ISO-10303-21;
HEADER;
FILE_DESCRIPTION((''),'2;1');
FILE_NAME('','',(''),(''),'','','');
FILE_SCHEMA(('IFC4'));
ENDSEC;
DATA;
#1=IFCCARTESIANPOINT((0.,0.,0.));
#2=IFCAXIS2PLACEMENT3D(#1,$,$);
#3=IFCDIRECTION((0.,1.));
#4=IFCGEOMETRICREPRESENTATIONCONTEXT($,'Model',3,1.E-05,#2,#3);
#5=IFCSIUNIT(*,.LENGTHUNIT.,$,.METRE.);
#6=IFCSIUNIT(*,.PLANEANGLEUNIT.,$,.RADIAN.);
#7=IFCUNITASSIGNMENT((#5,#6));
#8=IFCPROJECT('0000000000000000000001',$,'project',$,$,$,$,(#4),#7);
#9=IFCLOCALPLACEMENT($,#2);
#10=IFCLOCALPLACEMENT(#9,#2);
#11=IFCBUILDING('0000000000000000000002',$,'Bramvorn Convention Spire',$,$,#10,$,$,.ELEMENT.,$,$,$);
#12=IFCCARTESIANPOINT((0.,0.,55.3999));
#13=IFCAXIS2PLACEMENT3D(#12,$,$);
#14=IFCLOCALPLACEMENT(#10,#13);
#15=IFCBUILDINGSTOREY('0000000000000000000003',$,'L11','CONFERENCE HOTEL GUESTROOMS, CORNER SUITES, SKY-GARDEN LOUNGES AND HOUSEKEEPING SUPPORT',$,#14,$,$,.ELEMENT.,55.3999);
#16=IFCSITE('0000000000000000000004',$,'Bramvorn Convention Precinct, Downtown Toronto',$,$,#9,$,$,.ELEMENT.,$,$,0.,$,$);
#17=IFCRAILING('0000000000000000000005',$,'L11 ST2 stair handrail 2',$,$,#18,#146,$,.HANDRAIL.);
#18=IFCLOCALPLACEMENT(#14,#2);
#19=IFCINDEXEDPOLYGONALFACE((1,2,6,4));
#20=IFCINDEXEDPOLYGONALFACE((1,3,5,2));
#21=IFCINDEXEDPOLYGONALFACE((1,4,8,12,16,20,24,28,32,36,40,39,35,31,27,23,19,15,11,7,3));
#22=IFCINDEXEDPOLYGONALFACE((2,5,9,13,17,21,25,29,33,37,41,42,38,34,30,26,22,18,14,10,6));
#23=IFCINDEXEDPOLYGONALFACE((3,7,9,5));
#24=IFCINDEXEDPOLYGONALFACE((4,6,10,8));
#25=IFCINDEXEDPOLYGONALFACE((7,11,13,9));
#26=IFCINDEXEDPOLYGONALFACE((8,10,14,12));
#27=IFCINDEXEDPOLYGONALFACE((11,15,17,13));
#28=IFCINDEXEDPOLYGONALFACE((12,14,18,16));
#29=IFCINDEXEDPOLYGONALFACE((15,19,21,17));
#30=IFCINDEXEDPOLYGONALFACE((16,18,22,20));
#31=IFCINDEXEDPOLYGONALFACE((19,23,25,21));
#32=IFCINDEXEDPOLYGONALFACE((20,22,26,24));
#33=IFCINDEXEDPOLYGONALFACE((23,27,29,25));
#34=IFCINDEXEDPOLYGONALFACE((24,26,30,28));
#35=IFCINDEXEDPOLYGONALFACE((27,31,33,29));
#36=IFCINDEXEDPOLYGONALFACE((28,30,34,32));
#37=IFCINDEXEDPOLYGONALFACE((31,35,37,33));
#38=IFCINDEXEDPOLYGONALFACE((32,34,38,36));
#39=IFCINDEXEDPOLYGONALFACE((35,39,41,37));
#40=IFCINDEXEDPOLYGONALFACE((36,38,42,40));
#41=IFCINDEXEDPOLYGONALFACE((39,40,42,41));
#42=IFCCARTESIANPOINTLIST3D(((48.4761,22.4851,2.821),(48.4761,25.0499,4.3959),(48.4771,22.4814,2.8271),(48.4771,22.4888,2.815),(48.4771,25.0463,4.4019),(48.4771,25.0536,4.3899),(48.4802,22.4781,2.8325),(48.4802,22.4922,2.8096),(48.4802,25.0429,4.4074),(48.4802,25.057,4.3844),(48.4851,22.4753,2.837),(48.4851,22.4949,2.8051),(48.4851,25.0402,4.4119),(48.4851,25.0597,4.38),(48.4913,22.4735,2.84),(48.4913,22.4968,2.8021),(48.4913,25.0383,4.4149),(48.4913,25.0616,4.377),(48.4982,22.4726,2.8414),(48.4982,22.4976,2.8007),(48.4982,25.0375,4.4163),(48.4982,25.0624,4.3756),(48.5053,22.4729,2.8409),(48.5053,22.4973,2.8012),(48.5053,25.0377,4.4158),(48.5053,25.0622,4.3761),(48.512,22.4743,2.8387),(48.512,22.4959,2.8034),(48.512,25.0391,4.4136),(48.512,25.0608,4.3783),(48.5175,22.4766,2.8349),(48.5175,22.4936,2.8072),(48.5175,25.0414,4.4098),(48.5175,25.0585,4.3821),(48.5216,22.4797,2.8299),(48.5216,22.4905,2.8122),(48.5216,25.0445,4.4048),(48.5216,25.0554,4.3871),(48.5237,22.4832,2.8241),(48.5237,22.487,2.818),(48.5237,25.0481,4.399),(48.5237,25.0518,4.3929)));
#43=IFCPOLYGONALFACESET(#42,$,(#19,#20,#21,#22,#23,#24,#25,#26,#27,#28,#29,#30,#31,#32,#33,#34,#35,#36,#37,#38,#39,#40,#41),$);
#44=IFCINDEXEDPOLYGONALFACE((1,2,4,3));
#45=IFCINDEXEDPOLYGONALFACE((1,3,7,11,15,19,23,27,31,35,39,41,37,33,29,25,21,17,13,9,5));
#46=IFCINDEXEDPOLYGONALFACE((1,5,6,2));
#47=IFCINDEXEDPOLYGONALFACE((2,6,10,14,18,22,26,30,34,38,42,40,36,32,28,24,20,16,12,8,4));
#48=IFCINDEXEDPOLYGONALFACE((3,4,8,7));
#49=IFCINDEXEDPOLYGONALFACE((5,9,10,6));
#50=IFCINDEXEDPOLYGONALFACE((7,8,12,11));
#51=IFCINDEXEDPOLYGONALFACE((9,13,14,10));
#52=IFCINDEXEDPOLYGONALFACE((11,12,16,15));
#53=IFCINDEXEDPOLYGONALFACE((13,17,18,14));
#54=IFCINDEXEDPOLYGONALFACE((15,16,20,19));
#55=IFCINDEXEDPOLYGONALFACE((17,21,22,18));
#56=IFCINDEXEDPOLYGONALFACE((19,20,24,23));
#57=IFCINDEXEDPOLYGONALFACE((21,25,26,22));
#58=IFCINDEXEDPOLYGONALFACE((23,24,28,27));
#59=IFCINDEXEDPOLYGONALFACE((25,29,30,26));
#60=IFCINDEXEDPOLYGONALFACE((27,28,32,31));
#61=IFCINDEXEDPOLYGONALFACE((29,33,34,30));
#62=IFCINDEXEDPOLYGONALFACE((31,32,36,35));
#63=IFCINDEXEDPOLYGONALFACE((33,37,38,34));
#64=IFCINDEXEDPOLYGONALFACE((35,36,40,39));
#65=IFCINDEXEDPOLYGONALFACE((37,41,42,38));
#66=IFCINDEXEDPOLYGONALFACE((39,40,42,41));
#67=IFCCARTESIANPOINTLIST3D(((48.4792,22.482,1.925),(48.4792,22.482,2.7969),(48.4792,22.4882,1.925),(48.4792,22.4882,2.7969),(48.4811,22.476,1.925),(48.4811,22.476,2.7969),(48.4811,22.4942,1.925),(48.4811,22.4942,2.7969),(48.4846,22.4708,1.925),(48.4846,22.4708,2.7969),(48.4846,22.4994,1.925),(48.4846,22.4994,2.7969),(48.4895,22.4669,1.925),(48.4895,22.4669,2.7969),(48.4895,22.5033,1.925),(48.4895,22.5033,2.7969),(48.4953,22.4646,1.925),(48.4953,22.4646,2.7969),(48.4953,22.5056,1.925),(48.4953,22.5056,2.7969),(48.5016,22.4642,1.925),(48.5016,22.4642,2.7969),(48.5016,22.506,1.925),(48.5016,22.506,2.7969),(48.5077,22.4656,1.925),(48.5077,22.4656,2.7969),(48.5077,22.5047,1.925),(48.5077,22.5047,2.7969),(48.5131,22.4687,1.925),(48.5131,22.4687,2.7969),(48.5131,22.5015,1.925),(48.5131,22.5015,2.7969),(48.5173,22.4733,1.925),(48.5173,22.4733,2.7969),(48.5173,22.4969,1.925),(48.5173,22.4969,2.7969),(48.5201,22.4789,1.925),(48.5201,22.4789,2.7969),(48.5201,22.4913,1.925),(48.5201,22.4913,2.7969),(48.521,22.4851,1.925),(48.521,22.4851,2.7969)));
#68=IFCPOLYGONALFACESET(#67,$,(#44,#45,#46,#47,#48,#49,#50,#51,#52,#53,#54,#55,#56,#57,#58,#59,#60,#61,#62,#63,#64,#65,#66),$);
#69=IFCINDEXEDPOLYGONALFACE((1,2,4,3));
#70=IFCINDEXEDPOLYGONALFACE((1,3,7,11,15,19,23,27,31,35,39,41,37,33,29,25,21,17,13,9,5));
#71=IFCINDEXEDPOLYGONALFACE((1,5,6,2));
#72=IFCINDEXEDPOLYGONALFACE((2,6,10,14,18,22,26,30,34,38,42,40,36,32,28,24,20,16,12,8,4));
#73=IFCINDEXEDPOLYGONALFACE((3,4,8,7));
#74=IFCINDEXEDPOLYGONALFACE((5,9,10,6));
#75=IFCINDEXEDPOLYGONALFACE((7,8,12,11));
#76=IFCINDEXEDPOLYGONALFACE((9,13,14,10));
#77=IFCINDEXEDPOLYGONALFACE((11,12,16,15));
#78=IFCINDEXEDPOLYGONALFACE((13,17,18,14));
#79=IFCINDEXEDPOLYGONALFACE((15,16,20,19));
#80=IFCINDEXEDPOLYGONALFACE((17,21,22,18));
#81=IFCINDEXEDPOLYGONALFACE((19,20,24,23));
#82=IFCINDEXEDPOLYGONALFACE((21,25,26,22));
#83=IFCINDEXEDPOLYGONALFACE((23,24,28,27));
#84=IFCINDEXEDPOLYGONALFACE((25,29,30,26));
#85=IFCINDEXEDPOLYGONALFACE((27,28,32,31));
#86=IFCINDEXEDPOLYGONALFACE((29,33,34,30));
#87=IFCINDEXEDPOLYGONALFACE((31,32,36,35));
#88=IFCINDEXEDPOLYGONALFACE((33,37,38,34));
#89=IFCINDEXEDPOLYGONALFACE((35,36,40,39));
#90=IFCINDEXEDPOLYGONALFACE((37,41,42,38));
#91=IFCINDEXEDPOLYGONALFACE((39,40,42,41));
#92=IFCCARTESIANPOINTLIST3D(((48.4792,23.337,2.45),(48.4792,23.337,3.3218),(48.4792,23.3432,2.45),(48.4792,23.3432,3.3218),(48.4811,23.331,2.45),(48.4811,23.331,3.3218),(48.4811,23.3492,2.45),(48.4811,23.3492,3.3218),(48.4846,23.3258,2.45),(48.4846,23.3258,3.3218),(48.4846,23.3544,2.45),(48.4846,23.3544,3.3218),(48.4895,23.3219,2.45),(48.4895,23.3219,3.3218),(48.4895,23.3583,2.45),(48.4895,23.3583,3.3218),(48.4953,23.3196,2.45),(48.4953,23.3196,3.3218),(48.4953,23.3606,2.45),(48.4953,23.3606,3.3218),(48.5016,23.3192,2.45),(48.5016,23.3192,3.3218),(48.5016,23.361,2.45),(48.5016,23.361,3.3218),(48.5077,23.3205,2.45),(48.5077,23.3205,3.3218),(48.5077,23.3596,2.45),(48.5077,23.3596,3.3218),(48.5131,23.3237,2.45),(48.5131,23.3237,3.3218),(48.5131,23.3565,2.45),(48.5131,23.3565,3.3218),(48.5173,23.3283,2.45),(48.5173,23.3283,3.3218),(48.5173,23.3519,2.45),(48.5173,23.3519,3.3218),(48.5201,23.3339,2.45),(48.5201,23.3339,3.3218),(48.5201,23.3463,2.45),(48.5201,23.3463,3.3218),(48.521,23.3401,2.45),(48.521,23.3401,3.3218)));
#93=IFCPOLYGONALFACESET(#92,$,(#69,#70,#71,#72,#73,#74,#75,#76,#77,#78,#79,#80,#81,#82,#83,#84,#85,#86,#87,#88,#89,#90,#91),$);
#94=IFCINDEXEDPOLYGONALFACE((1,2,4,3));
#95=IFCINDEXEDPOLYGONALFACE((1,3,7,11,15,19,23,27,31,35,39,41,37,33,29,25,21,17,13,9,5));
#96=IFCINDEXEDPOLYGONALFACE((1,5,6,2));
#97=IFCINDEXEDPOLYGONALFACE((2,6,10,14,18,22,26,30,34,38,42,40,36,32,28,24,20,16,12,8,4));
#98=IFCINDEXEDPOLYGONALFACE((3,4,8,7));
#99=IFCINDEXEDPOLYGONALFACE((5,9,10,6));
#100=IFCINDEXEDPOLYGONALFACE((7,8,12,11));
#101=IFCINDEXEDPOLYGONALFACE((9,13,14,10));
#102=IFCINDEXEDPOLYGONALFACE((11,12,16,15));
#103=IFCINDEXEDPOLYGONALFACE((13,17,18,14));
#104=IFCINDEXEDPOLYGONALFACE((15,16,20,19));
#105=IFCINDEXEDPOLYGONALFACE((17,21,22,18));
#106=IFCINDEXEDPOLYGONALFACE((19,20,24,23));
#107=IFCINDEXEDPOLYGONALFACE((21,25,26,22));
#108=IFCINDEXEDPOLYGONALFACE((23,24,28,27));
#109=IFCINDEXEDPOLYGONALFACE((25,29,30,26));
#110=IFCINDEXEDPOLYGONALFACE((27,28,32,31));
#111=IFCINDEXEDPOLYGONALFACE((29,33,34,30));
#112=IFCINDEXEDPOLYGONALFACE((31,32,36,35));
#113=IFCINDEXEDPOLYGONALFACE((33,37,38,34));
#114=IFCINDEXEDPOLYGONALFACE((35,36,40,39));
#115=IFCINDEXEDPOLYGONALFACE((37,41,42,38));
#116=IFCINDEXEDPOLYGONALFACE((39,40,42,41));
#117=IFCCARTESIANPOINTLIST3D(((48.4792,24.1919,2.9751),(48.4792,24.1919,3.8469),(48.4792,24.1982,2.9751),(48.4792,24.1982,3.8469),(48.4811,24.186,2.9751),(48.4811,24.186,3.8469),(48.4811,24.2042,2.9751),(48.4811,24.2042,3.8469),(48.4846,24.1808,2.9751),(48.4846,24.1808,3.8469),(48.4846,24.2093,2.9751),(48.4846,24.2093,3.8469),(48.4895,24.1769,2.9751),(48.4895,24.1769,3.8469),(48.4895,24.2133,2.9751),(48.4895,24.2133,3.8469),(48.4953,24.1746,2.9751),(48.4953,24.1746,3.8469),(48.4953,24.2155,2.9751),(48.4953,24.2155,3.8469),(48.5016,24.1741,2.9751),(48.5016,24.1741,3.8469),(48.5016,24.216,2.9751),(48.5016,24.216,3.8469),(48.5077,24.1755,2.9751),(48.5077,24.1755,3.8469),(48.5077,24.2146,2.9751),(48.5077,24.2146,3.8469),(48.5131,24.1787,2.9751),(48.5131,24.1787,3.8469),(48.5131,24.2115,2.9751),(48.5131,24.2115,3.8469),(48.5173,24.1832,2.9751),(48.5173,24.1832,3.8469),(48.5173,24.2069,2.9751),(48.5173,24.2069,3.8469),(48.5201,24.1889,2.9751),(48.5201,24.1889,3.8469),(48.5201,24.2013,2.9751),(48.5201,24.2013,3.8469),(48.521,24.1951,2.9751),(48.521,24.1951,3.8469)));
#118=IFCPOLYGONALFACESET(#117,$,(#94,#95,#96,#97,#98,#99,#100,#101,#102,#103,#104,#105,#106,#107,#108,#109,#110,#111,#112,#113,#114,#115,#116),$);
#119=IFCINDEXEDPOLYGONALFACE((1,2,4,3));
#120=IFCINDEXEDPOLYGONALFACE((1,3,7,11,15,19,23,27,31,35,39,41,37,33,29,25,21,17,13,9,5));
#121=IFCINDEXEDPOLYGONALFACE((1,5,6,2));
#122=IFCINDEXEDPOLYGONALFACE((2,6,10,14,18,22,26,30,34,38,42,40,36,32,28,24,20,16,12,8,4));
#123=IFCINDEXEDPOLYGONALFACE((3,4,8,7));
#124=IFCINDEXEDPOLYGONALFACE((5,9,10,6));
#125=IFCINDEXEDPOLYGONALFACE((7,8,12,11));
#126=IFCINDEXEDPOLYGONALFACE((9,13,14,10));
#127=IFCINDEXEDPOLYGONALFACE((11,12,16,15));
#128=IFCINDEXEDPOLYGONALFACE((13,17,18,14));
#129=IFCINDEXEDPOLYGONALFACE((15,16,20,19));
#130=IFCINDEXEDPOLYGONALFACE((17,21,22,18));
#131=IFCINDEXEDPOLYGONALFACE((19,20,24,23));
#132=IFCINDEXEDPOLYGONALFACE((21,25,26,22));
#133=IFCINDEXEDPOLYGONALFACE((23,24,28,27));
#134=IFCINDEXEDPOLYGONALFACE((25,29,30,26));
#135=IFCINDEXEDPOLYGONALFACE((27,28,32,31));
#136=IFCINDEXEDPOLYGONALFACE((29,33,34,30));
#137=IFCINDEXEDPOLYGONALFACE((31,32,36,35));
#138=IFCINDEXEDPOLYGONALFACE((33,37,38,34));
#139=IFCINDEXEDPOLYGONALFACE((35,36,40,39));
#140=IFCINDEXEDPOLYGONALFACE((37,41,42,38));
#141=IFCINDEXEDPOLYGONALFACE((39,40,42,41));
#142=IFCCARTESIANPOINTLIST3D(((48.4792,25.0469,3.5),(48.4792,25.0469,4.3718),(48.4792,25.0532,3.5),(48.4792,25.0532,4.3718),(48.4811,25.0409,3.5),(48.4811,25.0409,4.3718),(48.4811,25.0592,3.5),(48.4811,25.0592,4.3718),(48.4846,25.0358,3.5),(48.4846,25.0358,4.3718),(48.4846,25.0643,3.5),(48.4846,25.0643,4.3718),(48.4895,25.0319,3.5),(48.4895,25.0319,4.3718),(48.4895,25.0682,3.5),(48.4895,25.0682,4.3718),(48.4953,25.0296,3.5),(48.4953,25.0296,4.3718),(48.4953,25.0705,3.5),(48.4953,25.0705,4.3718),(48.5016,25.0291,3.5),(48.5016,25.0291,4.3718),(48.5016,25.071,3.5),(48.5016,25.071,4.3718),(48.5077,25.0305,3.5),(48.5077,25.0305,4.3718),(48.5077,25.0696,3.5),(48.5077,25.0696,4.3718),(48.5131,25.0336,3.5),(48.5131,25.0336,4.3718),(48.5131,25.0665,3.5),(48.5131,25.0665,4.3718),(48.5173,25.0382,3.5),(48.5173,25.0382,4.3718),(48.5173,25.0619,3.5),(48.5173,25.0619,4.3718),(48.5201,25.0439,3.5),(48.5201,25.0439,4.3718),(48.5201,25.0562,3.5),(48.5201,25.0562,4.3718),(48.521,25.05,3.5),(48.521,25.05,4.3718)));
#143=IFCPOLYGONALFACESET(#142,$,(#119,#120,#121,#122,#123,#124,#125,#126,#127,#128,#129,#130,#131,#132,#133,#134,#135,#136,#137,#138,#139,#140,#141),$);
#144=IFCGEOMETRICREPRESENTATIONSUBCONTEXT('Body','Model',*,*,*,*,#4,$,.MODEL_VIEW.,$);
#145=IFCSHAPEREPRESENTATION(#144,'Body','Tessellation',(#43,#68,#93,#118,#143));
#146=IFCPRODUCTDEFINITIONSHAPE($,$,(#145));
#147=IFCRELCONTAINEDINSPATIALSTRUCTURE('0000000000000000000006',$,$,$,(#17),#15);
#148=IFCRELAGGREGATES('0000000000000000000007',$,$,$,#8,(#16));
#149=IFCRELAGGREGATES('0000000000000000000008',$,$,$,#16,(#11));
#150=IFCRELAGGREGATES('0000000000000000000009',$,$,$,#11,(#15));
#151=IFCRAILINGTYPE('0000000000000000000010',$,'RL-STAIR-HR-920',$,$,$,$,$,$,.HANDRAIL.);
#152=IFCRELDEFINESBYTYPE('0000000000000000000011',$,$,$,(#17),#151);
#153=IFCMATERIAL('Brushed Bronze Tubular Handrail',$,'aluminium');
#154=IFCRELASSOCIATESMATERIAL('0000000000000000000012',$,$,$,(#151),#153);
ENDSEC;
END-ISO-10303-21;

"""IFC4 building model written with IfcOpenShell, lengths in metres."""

from ifc_helpers import new_model, si_unit, direction, frame, origin, origin_2d, place, context, subcontext, project, spatial, circle, extrude, material, type_object, element, save


model = new_model("IFC4")

# Units and contexts
model_context = context("Model", 3, precision=1e-05, world=origin(), true_north=direction((0.0, 1.0)))
body_context = subcontext(model_context, "Body", "Model", "MODEL_VIEW")
ifc_project = project(units=[si_unit("LENGTHUNIT", "METRE"), si_unit("PLANEANGLEUNIT", "RADIAN")], contexts=[model_context])

# Site, building, storey
site_placement = place(None, origin())
site = spatial("IfcSite", under=ifc_project, at=site_placement, Name="Bramvorn Convention Precinct, Downtown Toronto", CompositionType="ELEMENT", RefElevation=0.0)
building_placement = place(site_placement, origin())
building = spatial("IfcBuilding", under=site, at=building_placement, Name="Bramvorn Convention Spire", CompositionType="ELEMENT")
storey_placement = place(building_placement, frame((0.0, 0.0, 55.3999)))
storey = spatial("IfcBuildingStorey", under=building, at=storey_placement, Name="L11", Description="CONFERENCE HOTEL GUESTROOMS, CORNER SUITES, SKY-GARDEN LOUNGES AND HOUSEKEEPING SUPPORT", CompositionType="ELEMENT", Elevation=55.3999)

# Railing
ifc_material_1 = material(Name="Brushed Bronze Tubular Handrail", Category="aluminium")
railing_type_1 = type_object("IfcRailingType", Name="RL-STAIR-HR-920", PredefinedType="HANDRAIL", material=ifc_material_1)
railing_1_placement = place(storey_placement, frame((48.5, 22.4851, 1.925)))
element("IfcRailing", 1, at=railing_1_placement, inside=storey, type_object=railing_type_1, Name="L11 ST2 stair handrail 2", PredefinedType="HANDRAIL", context=body_context, shape_type="SweptSolid", body=[
    extrude(circle(Radius=0.0239, at=origin_2d()), frame((0.0, 0.0, 0.896), z_axis=(0.0, 0.852173, 0.52326), x_axis=(-1.0, 0.0, 0.0)), (0.0, 0.0, 1.0), 3.0098),
    extrude(circle(Radius=0.021, at=origin_2d()), origin(), (0.0, 0.0, 1.0), 0.8718),
    extrude(circle(Radius=0.021, at=origin_2d()), frame((0.0, 0.855, 0.5249)), (0.0, 0.0, 1.0), 0.8718),
    extrude(circle(Radius=0.021, at=origin_2d()), frame((0.0, 1.71, 1.05)), (0.0, 0.0, 1.0), 0.8718),
    extrude(circle(Radius=0.021, at=origin_2d()), frame((0.0, 2.5649, 1.575)), (0.0, 0.0, 1.0), 0.8718),
])

save(model, "model.ifc")
